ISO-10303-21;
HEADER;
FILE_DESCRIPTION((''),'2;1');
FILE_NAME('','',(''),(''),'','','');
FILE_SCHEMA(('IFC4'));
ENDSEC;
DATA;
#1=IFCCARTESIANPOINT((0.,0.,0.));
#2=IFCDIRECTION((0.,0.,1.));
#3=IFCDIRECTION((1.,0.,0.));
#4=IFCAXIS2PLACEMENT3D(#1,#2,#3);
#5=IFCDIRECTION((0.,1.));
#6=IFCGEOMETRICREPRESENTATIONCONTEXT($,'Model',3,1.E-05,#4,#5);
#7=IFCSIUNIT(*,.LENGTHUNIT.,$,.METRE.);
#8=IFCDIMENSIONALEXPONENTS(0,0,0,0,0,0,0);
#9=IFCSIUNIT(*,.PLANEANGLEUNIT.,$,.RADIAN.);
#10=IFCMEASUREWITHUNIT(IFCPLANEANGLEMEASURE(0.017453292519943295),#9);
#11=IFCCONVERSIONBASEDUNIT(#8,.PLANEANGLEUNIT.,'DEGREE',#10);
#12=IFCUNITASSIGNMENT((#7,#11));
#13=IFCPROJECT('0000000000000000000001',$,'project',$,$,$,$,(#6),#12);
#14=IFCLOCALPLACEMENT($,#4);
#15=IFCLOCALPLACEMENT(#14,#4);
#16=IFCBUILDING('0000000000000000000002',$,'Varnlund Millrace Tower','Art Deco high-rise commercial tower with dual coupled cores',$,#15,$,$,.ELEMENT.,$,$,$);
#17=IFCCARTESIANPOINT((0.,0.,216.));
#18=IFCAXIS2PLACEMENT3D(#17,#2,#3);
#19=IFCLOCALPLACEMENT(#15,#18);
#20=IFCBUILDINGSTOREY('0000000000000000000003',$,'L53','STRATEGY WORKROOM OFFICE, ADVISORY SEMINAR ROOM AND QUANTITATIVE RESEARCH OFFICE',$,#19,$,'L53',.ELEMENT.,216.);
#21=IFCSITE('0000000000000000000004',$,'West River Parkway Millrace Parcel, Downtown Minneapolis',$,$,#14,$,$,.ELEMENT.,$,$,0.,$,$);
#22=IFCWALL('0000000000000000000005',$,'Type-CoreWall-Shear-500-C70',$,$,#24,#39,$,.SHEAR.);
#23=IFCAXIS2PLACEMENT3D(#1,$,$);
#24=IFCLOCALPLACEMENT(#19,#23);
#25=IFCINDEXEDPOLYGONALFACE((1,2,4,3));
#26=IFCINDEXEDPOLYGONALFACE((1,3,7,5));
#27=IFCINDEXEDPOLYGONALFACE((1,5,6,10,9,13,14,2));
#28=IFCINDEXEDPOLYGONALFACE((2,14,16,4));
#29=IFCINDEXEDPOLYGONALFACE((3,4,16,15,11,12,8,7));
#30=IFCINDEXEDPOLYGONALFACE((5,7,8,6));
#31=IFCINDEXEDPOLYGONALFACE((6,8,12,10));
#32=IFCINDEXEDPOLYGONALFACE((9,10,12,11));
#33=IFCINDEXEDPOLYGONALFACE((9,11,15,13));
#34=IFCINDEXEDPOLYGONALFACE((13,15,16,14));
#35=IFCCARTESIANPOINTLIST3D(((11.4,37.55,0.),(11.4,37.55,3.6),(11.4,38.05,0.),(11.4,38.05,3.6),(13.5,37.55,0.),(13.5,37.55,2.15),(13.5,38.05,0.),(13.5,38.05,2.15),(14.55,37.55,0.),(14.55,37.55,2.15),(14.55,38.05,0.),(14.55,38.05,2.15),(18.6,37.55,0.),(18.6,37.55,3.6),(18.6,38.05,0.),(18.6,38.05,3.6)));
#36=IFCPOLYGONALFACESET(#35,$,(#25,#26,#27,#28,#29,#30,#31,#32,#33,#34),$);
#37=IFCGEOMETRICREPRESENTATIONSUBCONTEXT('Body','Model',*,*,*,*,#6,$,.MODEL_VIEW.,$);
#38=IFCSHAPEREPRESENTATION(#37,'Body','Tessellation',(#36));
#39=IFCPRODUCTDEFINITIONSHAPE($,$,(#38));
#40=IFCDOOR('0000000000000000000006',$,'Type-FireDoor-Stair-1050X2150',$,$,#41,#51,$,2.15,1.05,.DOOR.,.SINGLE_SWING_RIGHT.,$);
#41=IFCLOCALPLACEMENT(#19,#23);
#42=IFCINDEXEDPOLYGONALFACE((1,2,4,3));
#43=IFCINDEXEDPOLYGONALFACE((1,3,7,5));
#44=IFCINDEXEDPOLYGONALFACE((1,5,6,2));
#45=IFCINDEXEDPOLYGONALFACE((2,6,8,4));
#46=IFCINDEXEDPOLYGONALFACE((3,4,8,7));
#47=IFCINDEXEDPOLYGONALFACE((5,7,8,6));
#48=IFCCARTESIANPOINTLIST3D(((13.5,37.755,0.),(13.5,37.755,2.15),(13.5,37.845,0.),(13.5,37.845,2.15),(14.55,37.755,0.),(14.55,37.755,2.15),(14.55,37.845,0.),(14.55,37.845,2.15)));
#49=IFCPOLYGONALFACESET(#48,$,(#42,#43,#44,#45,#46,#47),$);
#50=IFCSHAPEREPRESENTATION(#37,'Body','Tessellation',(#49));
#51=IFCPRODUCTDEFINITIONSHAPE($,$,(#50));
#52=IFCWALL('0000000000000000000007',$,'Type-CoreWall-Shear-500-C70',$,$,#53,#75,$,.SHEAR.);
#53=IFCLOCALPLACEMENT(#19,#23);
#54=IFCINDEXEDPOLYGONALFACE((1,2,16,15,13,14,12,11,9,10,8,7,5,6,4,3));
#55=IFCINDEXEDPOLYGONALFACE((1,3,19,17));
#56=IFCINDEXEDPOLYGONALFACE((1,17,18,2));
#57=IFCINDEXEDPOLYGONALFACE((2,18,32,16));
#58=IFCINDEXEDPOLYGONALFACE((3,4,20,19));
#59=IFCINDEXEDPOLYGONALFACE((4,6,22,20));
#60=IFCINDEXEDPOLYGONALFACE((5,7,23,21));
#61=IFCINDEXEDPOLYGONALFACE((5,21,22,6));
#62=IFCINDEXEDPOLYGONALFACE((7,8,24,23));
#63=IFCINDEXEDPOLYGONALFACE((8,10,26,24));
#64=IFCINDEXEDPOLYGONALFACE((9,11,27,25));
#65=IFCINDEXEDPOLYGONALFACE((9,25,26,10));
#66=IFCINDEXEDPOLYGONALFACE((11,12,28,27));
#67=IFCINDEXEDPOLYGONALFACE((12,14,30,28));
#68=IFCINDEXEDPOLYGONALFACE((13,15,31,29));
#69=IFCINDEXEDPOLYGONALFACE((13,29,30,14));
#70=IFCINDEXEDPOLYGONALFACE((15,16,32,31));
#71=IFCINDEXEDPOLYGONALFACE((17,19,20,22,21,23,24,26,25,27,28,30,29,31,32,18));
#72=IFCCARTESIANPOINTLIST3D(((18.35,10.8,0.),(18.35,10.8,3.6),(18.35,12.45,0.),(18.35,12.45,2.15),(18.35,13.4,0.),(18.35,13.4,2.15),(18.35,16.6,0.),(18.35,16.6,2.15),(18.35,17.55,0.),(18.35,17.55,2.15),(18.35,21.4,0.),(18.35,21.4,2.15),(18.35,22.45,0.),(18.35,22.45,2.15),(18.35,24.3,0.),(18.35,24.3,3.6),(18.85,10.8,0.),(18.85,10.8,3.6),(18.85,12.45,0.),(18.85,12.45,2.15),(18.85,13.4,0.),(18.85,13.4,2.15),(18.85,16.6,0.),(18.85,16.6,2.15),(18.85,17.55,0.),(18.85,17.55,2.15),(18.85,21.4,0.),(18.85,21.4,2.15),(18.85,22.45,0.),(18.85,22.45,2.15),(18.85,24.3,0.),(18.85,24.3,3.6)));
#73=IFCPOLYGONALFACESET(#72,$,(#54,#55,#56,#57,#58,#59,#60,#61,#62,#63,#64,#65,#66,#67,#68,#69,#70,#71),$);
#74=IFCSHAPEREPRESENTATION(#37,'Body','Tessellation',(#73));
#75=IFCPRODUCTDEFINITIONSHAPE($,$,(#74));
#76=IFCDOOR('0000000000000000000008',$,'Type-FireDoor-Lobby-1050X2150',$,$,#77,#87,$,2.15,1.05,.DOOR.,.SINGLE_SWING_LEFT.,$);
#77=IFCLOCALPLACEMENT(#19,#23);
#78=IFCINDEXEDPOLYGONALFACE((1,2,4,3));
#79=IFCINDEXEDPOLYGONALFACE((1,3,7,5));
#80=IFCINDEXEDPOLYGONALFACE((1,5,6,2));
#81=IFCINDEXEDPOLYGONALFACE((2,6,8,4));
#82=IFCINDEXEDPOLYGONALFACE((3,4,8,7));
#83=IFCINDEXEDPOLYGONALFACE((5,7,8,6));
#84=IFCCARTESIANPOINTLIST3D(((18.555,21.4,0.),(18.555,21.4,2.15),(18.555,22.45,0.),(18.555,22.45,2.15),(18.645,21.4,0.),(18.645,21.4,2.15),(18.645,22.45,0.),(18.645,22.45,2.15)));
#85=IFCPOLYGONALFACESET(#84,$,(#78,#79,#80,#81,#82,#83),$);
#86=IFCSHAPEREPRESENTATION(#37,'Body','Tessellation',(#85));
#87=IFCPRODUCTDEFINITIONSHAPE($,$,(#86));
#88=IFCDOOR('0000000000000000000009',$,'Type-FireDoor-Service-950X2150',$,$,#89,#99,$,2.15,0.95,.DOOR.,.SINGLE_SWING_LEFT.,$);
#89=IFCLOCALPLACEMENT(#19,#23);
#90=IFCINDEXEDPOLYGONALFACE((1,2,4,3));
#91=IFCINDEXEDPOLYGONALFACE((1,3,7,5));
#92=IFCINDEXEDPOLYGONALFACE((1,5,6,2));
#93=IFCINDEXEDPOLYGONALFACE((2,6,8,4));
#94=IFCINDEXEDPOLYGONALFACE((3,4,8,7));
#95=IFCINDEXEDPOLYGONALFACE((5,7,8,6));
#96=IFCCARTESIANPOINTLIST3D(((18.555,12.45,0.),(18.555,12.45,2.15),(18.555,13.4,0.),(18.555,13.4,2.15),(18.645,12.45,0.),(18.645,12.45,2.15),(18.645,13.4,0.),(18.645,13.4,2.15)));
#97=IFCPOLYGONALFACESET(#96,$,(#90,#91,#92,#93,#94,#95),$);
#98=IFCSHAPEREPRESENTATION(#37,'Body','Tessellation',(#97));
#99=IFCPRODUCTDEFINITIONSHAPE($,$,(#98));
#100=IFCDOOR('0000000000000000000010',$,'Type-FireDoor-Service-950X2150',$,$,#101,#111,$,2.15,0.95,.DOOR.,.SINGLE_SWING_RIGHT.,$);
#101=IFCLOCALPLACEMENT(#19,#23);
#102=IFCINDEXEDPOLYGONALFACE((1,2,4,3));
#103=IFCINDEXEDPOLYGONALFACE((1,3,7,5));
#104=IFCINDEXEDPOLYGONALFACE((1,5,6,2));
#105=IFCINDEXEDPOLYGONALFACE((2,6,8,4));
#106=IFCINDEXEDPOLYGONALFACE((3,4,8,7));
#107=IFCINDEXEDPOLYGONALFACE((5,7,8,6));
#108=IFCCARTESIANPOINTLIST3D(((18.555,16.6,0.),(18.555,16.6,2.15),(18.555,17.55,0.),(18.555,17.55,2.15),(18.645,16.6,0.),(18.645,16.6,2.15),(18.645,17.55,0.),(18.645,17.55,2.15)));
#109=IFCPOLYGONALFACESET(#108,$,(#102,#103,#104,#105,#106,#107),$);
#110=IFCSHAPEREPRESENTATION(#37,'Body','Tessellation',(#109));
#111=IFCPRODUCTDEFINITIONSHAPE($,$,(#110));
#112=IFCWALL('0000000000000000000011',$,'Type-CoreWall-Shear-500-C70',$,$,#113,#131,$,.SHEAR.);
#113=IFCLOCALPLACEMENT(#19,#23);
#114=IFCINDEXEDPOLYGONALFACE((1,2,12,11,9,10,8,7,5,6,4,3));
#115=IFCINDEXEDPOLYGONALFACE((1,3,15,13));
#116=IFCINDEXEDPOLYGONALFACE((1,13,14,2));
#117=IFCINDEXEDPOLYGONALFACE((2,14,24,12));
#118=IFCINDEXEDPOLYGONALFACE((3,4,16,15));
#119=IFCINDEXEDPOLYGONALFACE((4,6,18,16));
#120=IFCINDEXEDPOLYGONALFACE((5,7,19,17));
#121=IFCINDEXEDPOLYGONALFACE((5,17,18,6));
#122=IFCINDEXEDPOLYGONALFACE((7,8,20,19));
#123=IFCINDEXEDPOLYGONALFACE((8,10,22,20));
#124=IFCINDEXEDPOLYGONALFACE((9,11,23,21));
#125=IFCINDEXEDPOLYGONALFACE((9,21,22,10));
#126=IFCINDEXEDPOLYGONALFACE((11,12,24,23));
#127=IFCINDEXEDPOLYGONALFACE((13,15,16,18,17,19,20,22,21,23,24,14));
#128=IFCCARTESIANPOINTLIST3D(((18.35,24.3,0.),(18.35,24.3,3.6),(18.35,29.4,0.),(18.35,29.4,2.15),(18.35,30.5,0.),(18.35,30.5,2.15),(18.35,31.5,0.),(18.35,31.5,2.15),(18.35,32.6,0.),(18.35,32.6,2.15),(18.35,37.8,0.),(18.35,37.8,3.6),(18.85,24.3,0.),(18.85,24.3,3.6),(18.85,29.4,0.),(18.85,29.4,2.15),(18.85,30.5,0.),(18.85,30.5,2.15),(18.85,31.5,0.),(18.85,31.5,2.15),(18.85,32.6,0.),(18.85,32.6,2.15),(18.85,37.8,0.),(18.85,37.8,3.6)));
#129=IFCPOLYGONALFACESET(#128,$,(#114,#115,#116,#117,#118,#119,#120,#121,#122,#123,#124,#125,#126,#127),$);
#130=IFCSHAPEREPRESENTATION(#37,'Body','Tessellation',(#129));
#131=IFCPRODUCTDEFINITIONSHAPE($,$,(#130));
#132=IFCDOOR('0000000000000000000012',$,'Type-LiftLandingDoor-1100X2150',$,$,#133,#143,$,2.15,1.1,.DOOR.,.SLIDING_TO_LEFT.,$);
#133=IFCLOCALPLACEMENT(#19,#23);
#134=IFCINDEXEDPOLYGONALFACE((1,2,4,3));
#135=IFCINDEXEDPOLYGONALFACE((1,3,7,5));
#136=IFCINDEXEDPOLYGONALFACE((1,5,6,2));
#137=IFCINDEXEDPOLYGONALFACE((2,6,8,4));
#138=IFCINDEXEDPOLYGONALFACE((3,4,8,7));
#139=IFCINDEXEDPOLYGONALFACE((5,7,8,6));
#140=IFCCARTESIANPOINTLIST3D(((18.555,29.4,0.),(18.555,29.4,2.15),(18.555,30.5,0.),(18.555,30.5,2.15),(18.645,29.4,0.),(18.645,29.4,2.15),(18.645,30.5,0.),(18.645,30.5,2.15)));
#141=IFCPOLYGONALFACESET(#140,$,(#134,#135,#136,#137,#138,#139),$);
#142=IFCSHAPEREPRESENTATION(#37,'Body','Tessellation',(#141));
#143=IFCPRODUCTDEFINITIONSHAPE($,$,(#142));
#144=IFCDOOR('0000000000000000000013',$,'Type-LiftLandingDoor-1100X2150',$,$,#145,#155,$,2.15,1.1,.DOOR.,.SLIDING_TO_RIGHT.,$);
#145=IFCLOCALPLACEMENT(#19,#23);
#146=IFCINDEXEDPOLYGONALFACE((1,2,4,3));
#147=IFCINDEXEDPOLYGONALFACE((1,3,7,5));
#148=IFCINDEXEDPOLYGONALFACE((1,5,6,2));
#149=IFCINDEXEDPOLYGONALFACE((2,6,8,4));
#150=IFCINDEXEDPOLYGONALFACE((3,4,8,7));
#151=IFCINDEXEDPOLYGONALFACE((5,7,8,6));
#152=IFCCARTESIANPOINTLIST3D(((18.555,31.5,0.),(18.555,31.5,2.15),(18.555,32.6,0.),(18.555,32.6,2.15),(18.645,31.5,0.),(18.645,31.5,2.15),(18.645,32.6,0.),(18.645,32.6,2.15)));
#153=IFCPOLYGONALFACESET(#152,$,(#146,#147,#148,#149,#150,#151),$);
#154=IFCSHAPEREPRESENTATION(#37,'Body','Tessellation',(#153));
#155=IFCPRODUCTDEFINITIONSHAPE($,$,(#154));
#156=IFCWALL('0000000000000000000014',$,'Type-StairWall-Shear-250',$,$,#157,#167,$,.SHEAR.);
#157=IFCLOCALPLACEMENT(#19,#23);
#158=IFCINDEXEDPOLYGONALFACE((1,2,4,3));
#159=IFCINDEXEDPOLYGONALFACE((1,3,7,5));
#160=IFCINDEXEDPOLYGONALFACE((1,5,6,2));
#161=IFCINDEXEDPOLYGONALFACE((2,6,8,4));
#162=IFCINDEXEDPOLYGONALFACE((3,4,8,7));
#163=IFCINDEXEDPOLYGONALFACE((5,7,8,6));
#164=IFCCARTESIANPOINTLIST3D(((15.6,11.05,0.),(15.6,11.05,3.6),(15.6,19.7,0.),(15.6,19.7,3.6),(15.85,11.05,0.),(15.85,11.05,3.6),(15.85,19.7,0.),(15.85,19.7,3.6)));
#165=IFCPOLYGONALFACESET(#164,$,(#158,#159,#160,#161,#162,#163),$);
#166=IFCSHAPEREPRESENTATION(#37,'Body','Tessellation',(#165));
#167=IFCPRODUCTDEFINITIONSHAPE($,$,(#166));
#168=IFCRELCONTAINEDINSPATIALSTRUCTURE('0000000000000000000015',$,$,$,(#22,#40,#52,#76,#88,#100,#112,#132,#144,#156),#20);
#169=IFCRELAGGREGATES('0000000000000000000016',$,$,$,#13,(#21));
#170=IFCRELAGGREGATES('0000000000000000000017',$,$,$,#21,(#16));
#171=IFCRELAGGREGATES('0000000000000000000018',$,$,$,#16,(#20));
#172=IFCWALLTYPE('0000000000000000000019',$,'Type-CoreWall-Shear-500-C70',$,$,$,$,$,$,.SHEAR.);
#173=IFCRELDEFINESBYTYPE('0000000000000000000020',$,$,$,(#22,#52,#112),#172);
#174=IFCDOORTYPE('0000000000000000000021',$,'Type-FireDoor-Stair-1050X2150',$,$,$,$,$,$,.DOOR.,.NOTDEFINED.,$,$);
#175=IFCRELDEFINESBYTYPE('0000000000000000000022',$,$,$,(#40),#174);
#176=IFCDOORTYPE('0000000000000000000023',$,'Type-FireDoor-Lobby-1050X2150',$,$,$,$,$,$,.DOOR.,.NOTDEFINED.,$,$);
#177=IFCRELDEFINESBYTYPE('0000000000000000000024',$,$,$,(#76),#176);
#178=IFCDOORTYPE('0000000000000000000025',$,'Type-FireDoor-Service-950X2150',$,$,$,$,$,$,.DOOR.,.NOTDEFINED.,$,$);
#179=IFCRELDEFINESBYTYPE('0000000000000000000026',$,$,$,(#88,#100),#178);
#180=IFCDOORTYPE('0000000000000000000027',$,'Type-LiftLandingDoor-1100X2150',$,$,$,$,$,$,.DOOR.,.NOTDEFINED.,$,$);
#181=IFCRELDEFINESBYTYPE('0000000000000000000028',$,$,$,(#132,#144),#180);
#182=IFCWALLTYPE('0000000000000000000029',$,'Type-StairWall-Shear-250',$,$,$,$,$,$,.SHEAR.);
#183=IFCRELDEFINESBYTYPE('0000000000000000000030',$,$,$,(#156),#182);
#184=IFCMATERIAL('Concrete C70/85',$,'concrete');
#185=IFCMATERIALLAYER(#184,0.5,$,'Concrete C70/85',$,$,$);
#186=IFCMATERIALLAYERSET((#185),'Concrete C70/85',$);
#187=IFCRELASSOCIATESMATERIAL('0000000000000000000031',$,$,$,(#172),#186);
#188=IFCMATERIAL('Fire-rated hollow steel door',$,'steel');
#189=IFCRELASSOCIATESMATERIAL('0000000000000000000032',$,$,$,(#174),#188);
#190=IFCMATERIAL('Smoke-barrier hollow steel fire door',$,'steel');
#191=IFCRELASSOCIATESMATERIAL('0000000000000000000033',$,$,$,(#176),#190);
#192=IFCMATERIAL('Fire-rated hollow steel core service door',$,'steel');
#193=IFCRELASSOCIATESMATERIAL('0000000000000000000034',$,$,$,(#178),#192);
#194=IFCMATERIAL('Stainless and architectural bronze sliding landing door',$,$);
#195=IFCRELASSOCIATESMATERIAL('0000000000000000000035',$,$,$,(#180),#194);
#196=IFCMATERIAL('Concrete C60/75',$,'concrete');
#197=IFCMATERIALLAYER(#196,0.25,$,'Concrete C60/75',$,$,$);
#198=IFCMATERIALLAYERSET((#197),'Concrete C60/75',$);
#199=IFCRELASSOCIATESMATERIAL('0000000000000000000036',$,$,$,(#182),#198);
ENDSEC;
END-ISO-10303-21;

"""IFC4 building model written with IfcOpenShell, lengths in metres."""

from ifc_helpers import new_model, entity, si_unit, converted_unit, direction, frame, origin_with_axes, origin_2d_with_axis, place, context, subcontext, project, spatial, polyline, rectangle, outline, extrude, material, layer, layer_set, type_object, element, fill, save


model = new_model("IFC4")

# Units and contexts
model_context = context("Model", 3, precision=1e-05, world=origin_with_axes(), true_north=direction((0.0, 1.0)))
body_context = subcontext(model_context, "Body", "Model", "MODEL_VIEW")
ifc_project = project(units=[si_unit("LENGTHUNIT", "METRE"), converted_unit("PLANEANGLEUNIT", "DEGREE", entity("IfcPlaneAngleMeasure", 0.017453292519943295), si_unit("PLANEANGLEUNIT", "RADIAN"), dimensions=[0, 0, 0, 0, 0, 0, 0])], contexts=[model_context])

# Site, building, storey
site_placement = place(None, origin_with_axes())
site = spatial("IfcSite", under=ifc_project, at=site_placement, Name="West River Parkway Millrace Parcel, Downtown Minneapolis", CompositionType="ELEMENT", RefElevation=0.0)
building_placement = place(site_placement, origin_with_axes())
building = spatial("IfcBuilding", under=site, at=building_placement, Name="Varnlund Millrace Tower", Description="Art Deco high-rise commercial tower with dual coupled cores", CompositionType="ELEMENT")
storey_placement = place(building_placement, frame((0.0, 0.0, 216.0), z_axis=(0.0, 0.0, 1.0), x_axis=(1.0, 0.0, 0.0)))
storey = spatial("IfcBuildingStorey", under=building, at=storey_placement, Name="L53", Description="STRATEGY WORKROOM OFFICE, ADVISORY SEMINAR ROOM AND QUANTITATIVE RESEARCH OFFICE", LongName="L53", CompositionType="ELEMENT", Elevation=216.0)

# Shared definitions
ifc_material_1 = material(Name="Concrete C60/75", Category="concrete")

# Shared definitions
ifc_material_2 = material(Name="Concrete C70/85", Category="concrete")
ifc_layer_1 = layer(ifc_material_2, 0.5, Name="Concrete C70/85")
ifc_layer_set_1 = layer_set([ifc_layer_1], Name="Concrete C70/85")
wall_type_1 = type_object("IfcWallType", Name="Type-CoreWall-Shear-500-C70", PredefinedType="SHEAR", material=ifc_layer_set_1)

# Wall, opening, door
ifc_material_3 = material(Name="Fire-rated hollow steel door", Category="steel")
door_type_1 = type_object("IfcDoorType", Name="Type-FireDoor-Stair-1050X2150", OperationType="NOTDEFINED", PredefinedType="DOOR", material=ifc_material_3)
wall_1_placement = place(storey_placement, frame((11.4, 37.8, 0.0), z_axis=(0.0, 0.0, 1.0), x_axis=(1.0, 0.0, 0.0)))
wall_1 = element("IfcWall", 1, at=wall_1_placement, inside=storey, type_object=wall_type_1, Name="Type-CoreWall-Shear-500-C70", PredefinedType="SHEAR", context=body_context, shape_type="SweptSolid", body=[
    extrude(outline(polyline([(0.0, -0.25), (7.2, -0.25), (7.2, 0.25), (0.0, 0.25), (0.0, -0.25)])), origin_with_axes(), (0.0, 0.0, 1.0), 3.6),
])
opening_1_placement = place(wall_1_placement, frame((2.625, 0.0, 0.0), z_axis=(0.0, 0.0, 1.0), x_axis=(1.0, 0.0, 0.0)))
opening_1 = element("IfcOpeningElement", 2, at=opening_1_placement, cuts=wall_1, PredefinedType="OPENING", context=body_context, shape_type="SweptSolid", body=[
    extrude(rectangle(XDim=1.05, YDim=0.52, at=origin_2d_with_axis()), origin_with_axes(), (0.0, 0.0, 1.0), 2.15),
])
door_1_placement = place(wall_1_placement, frame((2.625, 0.0, 0.0), z_axis=(0.0, 0.0, 1.0), x_axis=(1.0, 0.0, 0.0)))
door_1 = element("IfcDoor", 3, at=door_1_placement, inside=storey, type_object=door_type_1, Name="Type-FireDoor-Stair-1050X2150", OperationType="SINGLE_SWING_RIGHT", OverallHeight=2.15, OverallWidth=1.05, PredefinedType="DOOR", context=body_context, shape_type="SweptSolid", body=[
    extrude(rectangle(XDim=1.05, YDim=0.09, at=origin_2d_with_axis()), origin_with_axes(), (0.0, 0.0, 1.0), 2.15),
])
fill(opening_1, door_1)

# Walls, openings, doors
wall_2_placement = place(storey_placement, frame((18.6, 10.8, 0.0), z_axis=(0.0, 0.0, 1.0), x_axis=(0.0, 1.0, 0.0)))
wall_2 = element("IfcWall", 4, at=wall_2_placement, inside=storey, type_object=wall_type_1, Name="Type-CoreWall-Shear-500-C70", PredefinedType="SHEAR", context=body_context, shape_type="SweptSolid", body=[
    extrude(outline(polyline([(0.0, -0.25), (13.5, -0.25), (13.5, 0.25), (0.0, 0.25), (0.0, -0.25)])), origin_with_axes(), (0.0, 0.0, 1.0), 3.6),
])
opening_2_placement = place(wall_2_placement, frame((11.125, 0.0, 0.0), z_axis=(0.0, 0.0, 1.0), x_axis=(1.0, 0.0, 0.0)))
opening_2 = element("IfcOpeningElement", 5, at=opening_2_placement, cuts=wall_2, PredefinedType="OPENING", context=body_context, shape_type="SweptSolid", body=[
    extrude(rectangle(XDim=1.05, YDim=0.52, at=origin_2d_with_axis()), origin_with_axes(), (0.0, 0.0, 1.0), 2.15),
])
opening_3_placement = place(wall_2_placement, frame((2.125, 0.0, 0.0), z_axis=(0.0, 0.0, 1.0), x_axis=(1.0, 0.0, 0.0)))
opening_3 = element("IfcOpeningElement", 6, at=opening_3_placement, cuts=wall_2, PredefinedType="OPENING", context=body_context, shape_type="SweptSolid", body=[
    extrude(rectangle(XDim=0.95, YDim=0.52, at=origin_2d_with_axis()), origin_with_axes(), (0.0, 0.0, 1.0), 2.15),
])
opening_4_placement = place(wall_2_placement, frame((6.275, 0.0, 0.0), z_axis=(0.0, 0.0, 1.0), x_axis=(1.0, 0.0, 0.0)))
opening_4 = element("IfcOpeningElement", 7, at=opening_4_placement, cuts=wall_2, PredefinedType="OPENING", context=body_context, shape_type="SweptSolid", body=[
    extrude(rectangle(XDim=0.95, YDim=0.52, at=origin_2d_with_axis()), origin_with_axes(), (0.0, 0.0, 1.0), 2.15),
])
ifc_material_4 = material(Name="Smoke-barrier hollow steel fire door", Category="steel")
door_type_2 = type_object("IfcDoorType", Name="Type-FireDoor-Lobby-1050X2150", OperationType="NOTDEFINED", PredefinedType="DOOR", material=ifc_material_4)
door_2_placement = place(wall_2_placement, frame((11.125, 0.0, 0.0), z_axis=(0.0, 0.0, 1.0), x_axis=(1.0, 0.0, 0.0)))
door_2 = element("IfcDoor", 8, at=door_2_placement, inside=storey, type_object=door_type_2, Name="Type-FireDoor-Lobby-1050X2150", OperationType="SINGLE_SWING_LEFT", OverallHeight=2.15, OverallWidth=1.05, PredefinedType="DOOR", context=body_context, shape_type="SweptSolid", body=[
    extrude(rectangle(XDim=1.05, YDim=0.09, at=origin_2d_with_axis()), origin_with_axes(), (0.0, 0.0, 1.0), 2.15),
])
fill(opening_2, door_2)
ifc_material_5 = material(Name="Fire-rated hollow steel core service door", Category="steel")
door_type_3 = type_object("IfcDoorType", Name="Type-FireDoor-Service-950X2150", OperationType="NOTDEFINED", PredefinedType="DOOR", material=ifc_material_5)
door_3_placement = place(wall_2_placement, frame((2.125, 0.0, 0.0), z_axis=(0.0, 0.0, 1.0), x_axis=(1.0, 0.0, 0.0)))
door_3 = element("IfcDoor", 9, at=door_3_placement, inside=storey, type_object=door_type_3, Name="Type-FireDoor-Service-950X2150", OperationType="SINGLE_SWING_LEFT", OverallHeight=2.15, OverallWidth=0.95, PredefinedType="DOOR", context=body_context, shape_type="SweptSolid", body=[
    extrude(rectangle(XDim=0.95, YDim=0.09, at=origin_2d_with_axis()), origin_with_axes(), (0.0, 0.0, 1.0), 2.15),
])
fill(opening_3, door_3)
door_4_placement = place(wall_2_placement, frame((6.275, 0.0, 0.0), z_axis=(0.0, 0.0, 1.0), x_axis=(1.0, 0.0, 0.0)))
door_4 = element("IfcDoor", 10, at=door_4_placement, inside=storey, type_object=door_type_3, Name="Type-FireDoor-Service-950X2150", OperationType="SINGLE_SWING_RIGHT", OverallHeight=2.15, OverallWidth=0.95, PredefinedType="DOOR", context=body_context, shape_type="SweptSolid", body=[
    extrude(rectangle(XDim=0.95, YDim=0.09, at=origin_2d_with_axis()), origin_with_axes(), (0.0, 0.0, 1.0), 2.15),
])
fill(opening_4, door_4)
wall_3_placement = place(storey_placement, frame((18.6, 24.3, 0.0), z_axis=(0.0, 0.0, 1.0), x_axis=(0.0, 1.0, 0.0)))
wall_3 = element("IfcWall", 11, at=wall_3_placement, inside=storey, type_object=wall_type_1, Name="Type-CoreWall-Shear-500-C70", PredefinedType="SHEAR", context=body_context, shape_type="SweptSolid", body=[
    extrude(outline(polyline([(0.0, -0.25), (13.5, -0.25), (13.5, 0.25), (0.0, 0.25), (0.0, -0.25)])), origin_with_axes(), (0.0, 0.0, 1.0), 3.6),
])
opening_5_placement = place(wall_3_placement, frame((5.65, 0.0, 0.0), z_axis=(0.0, 0.0, 1.0), x_axis=(1.0, 0.0, 0.0)))
opening_5 = element("IfcOpeningElement", 12, at=opening_5_placement, cuts=wall_3, PredefinedType="OPENING", context=body_context, shape_type="SweptSolid", body=[
    extrude(rectangle(XDim=1.1, YDim=0.52, at=origin_2d_with_axis()), origin_with_axes(), (0.0, 0.0, 1.0), 2.15),
])
opening_6_placement = place(wall_3_placement, frame((7.75, 0.0, 0.0), z_axis=(0.0, 0.0, 1.0), x_axis=(1.0, 0.0, 0.0)))
opening_6 = element("IfcOpeningElement", 13, at=opening_6_placement, cuts=wall_3, PredefinedType="OPENING", context=body_context, shape_type="SweptSolid", body=[
    extrude(rectangle(XDim=1.1, YDim=0.52, at=origin_2d_with_axis()), origin_with_axes(), (0.0, 0.0, 1.0), 2.15),
])
ifc_material_6 = material(Name="Stainless and architectural bronze sliding landing door")
door_type_4 = type_object("IfcDoorType", Name="Type-LiftLandingDoor-1100X2150", OperationType="NOTDEFINED", PredefinedType="DOOR", material=ifc_material_6)
door_5_placement = place(wall_3_placement, frame((5.65, 0.0, 0.0), z_axis=(0.0, 0.0, 1.0), x_axis=(1.0, 0.0, 0.0)))
door_5 = element("IfcDoor", 14, at=door_5_placement, inside=storey, type_object=door_type_4, Name="Type-LiftLandingDoor-1100X2150", OperationType="SLIDING_TO_LEFT", OverallHeight=2.15, OverallWidth=1.1, PredefinedType="DOOR", context=body_context, shape_type="SweptSolid", body=[
    extrude(rectangle(XDim=1.1, YDim=0.09, at=origin_2d_with_axis()), origin_with_axes(), (0.0, 0.0, 1.0), 2.15),
])
fill(opening_5, door_5)
door_6_placement = place(wall_3_placement, frame((7.75, 0.0, 0.0), z_axis=(0.0, 0.0, 1.0), x_axis=(1.0, 0.0, 0.0)))
door_6 = element("IfcDoor", 15, at=door_6_placement, inside=storey, type_object=door_type_4, Name="Type-LiftLandingDoor-1100X2150", OperationType="SLIDING_TO_RIGHT", OverallHeight=2.15, OverallWidth=1.1, PredefinedType="DOOR", context=body_context, shape_type="SweptSolid", body=[
    extrude(rectangle(XDim=1.1, YDim=0.09, at=origin_2d_with_axis()), origin_with_axes(), (0.0, 0.0, 1.0), 2.15),
])
fill(opening_6, door_6)

# Wall
ifc_layer_2 = layer(ifc_material_1, 0.25, Name="Concrete C60/75")
ifc_layer_set_2 = layer_set([ifc_layer_2], Name="Concrete C60/75")
wall_type_2 = type_object("IfcWallType", Name="Type-StairWall-Shear-250", PredefinedType="SHEAR", material=ifc_layer_set_2)
wall_4_placement = place(storey_placement, frame((15.725, 11.05, 0.0), z_axis=(0.0, 0.0, 1.0), x_axis=(0.0, 1.0, 0.0)))
element("IfcWall", 16, at=wall_4_placement, inside=storey, type_object=wall_type_2, Name="Type-StairWall-Shear-250", PredefinedType="SHEAR", context=body_context, shape_type="SweptSolid", body=[
    extrude(outline(polyline([(0.0, -0.125), (8.65, -0.125), (8.65, 0.125), (0.0, 0.125), (0.0, -0.125)])), origin_with_axes(), (0.0, 0.0, 1.0), 3.6),
])

save(model, "model.ifc")
